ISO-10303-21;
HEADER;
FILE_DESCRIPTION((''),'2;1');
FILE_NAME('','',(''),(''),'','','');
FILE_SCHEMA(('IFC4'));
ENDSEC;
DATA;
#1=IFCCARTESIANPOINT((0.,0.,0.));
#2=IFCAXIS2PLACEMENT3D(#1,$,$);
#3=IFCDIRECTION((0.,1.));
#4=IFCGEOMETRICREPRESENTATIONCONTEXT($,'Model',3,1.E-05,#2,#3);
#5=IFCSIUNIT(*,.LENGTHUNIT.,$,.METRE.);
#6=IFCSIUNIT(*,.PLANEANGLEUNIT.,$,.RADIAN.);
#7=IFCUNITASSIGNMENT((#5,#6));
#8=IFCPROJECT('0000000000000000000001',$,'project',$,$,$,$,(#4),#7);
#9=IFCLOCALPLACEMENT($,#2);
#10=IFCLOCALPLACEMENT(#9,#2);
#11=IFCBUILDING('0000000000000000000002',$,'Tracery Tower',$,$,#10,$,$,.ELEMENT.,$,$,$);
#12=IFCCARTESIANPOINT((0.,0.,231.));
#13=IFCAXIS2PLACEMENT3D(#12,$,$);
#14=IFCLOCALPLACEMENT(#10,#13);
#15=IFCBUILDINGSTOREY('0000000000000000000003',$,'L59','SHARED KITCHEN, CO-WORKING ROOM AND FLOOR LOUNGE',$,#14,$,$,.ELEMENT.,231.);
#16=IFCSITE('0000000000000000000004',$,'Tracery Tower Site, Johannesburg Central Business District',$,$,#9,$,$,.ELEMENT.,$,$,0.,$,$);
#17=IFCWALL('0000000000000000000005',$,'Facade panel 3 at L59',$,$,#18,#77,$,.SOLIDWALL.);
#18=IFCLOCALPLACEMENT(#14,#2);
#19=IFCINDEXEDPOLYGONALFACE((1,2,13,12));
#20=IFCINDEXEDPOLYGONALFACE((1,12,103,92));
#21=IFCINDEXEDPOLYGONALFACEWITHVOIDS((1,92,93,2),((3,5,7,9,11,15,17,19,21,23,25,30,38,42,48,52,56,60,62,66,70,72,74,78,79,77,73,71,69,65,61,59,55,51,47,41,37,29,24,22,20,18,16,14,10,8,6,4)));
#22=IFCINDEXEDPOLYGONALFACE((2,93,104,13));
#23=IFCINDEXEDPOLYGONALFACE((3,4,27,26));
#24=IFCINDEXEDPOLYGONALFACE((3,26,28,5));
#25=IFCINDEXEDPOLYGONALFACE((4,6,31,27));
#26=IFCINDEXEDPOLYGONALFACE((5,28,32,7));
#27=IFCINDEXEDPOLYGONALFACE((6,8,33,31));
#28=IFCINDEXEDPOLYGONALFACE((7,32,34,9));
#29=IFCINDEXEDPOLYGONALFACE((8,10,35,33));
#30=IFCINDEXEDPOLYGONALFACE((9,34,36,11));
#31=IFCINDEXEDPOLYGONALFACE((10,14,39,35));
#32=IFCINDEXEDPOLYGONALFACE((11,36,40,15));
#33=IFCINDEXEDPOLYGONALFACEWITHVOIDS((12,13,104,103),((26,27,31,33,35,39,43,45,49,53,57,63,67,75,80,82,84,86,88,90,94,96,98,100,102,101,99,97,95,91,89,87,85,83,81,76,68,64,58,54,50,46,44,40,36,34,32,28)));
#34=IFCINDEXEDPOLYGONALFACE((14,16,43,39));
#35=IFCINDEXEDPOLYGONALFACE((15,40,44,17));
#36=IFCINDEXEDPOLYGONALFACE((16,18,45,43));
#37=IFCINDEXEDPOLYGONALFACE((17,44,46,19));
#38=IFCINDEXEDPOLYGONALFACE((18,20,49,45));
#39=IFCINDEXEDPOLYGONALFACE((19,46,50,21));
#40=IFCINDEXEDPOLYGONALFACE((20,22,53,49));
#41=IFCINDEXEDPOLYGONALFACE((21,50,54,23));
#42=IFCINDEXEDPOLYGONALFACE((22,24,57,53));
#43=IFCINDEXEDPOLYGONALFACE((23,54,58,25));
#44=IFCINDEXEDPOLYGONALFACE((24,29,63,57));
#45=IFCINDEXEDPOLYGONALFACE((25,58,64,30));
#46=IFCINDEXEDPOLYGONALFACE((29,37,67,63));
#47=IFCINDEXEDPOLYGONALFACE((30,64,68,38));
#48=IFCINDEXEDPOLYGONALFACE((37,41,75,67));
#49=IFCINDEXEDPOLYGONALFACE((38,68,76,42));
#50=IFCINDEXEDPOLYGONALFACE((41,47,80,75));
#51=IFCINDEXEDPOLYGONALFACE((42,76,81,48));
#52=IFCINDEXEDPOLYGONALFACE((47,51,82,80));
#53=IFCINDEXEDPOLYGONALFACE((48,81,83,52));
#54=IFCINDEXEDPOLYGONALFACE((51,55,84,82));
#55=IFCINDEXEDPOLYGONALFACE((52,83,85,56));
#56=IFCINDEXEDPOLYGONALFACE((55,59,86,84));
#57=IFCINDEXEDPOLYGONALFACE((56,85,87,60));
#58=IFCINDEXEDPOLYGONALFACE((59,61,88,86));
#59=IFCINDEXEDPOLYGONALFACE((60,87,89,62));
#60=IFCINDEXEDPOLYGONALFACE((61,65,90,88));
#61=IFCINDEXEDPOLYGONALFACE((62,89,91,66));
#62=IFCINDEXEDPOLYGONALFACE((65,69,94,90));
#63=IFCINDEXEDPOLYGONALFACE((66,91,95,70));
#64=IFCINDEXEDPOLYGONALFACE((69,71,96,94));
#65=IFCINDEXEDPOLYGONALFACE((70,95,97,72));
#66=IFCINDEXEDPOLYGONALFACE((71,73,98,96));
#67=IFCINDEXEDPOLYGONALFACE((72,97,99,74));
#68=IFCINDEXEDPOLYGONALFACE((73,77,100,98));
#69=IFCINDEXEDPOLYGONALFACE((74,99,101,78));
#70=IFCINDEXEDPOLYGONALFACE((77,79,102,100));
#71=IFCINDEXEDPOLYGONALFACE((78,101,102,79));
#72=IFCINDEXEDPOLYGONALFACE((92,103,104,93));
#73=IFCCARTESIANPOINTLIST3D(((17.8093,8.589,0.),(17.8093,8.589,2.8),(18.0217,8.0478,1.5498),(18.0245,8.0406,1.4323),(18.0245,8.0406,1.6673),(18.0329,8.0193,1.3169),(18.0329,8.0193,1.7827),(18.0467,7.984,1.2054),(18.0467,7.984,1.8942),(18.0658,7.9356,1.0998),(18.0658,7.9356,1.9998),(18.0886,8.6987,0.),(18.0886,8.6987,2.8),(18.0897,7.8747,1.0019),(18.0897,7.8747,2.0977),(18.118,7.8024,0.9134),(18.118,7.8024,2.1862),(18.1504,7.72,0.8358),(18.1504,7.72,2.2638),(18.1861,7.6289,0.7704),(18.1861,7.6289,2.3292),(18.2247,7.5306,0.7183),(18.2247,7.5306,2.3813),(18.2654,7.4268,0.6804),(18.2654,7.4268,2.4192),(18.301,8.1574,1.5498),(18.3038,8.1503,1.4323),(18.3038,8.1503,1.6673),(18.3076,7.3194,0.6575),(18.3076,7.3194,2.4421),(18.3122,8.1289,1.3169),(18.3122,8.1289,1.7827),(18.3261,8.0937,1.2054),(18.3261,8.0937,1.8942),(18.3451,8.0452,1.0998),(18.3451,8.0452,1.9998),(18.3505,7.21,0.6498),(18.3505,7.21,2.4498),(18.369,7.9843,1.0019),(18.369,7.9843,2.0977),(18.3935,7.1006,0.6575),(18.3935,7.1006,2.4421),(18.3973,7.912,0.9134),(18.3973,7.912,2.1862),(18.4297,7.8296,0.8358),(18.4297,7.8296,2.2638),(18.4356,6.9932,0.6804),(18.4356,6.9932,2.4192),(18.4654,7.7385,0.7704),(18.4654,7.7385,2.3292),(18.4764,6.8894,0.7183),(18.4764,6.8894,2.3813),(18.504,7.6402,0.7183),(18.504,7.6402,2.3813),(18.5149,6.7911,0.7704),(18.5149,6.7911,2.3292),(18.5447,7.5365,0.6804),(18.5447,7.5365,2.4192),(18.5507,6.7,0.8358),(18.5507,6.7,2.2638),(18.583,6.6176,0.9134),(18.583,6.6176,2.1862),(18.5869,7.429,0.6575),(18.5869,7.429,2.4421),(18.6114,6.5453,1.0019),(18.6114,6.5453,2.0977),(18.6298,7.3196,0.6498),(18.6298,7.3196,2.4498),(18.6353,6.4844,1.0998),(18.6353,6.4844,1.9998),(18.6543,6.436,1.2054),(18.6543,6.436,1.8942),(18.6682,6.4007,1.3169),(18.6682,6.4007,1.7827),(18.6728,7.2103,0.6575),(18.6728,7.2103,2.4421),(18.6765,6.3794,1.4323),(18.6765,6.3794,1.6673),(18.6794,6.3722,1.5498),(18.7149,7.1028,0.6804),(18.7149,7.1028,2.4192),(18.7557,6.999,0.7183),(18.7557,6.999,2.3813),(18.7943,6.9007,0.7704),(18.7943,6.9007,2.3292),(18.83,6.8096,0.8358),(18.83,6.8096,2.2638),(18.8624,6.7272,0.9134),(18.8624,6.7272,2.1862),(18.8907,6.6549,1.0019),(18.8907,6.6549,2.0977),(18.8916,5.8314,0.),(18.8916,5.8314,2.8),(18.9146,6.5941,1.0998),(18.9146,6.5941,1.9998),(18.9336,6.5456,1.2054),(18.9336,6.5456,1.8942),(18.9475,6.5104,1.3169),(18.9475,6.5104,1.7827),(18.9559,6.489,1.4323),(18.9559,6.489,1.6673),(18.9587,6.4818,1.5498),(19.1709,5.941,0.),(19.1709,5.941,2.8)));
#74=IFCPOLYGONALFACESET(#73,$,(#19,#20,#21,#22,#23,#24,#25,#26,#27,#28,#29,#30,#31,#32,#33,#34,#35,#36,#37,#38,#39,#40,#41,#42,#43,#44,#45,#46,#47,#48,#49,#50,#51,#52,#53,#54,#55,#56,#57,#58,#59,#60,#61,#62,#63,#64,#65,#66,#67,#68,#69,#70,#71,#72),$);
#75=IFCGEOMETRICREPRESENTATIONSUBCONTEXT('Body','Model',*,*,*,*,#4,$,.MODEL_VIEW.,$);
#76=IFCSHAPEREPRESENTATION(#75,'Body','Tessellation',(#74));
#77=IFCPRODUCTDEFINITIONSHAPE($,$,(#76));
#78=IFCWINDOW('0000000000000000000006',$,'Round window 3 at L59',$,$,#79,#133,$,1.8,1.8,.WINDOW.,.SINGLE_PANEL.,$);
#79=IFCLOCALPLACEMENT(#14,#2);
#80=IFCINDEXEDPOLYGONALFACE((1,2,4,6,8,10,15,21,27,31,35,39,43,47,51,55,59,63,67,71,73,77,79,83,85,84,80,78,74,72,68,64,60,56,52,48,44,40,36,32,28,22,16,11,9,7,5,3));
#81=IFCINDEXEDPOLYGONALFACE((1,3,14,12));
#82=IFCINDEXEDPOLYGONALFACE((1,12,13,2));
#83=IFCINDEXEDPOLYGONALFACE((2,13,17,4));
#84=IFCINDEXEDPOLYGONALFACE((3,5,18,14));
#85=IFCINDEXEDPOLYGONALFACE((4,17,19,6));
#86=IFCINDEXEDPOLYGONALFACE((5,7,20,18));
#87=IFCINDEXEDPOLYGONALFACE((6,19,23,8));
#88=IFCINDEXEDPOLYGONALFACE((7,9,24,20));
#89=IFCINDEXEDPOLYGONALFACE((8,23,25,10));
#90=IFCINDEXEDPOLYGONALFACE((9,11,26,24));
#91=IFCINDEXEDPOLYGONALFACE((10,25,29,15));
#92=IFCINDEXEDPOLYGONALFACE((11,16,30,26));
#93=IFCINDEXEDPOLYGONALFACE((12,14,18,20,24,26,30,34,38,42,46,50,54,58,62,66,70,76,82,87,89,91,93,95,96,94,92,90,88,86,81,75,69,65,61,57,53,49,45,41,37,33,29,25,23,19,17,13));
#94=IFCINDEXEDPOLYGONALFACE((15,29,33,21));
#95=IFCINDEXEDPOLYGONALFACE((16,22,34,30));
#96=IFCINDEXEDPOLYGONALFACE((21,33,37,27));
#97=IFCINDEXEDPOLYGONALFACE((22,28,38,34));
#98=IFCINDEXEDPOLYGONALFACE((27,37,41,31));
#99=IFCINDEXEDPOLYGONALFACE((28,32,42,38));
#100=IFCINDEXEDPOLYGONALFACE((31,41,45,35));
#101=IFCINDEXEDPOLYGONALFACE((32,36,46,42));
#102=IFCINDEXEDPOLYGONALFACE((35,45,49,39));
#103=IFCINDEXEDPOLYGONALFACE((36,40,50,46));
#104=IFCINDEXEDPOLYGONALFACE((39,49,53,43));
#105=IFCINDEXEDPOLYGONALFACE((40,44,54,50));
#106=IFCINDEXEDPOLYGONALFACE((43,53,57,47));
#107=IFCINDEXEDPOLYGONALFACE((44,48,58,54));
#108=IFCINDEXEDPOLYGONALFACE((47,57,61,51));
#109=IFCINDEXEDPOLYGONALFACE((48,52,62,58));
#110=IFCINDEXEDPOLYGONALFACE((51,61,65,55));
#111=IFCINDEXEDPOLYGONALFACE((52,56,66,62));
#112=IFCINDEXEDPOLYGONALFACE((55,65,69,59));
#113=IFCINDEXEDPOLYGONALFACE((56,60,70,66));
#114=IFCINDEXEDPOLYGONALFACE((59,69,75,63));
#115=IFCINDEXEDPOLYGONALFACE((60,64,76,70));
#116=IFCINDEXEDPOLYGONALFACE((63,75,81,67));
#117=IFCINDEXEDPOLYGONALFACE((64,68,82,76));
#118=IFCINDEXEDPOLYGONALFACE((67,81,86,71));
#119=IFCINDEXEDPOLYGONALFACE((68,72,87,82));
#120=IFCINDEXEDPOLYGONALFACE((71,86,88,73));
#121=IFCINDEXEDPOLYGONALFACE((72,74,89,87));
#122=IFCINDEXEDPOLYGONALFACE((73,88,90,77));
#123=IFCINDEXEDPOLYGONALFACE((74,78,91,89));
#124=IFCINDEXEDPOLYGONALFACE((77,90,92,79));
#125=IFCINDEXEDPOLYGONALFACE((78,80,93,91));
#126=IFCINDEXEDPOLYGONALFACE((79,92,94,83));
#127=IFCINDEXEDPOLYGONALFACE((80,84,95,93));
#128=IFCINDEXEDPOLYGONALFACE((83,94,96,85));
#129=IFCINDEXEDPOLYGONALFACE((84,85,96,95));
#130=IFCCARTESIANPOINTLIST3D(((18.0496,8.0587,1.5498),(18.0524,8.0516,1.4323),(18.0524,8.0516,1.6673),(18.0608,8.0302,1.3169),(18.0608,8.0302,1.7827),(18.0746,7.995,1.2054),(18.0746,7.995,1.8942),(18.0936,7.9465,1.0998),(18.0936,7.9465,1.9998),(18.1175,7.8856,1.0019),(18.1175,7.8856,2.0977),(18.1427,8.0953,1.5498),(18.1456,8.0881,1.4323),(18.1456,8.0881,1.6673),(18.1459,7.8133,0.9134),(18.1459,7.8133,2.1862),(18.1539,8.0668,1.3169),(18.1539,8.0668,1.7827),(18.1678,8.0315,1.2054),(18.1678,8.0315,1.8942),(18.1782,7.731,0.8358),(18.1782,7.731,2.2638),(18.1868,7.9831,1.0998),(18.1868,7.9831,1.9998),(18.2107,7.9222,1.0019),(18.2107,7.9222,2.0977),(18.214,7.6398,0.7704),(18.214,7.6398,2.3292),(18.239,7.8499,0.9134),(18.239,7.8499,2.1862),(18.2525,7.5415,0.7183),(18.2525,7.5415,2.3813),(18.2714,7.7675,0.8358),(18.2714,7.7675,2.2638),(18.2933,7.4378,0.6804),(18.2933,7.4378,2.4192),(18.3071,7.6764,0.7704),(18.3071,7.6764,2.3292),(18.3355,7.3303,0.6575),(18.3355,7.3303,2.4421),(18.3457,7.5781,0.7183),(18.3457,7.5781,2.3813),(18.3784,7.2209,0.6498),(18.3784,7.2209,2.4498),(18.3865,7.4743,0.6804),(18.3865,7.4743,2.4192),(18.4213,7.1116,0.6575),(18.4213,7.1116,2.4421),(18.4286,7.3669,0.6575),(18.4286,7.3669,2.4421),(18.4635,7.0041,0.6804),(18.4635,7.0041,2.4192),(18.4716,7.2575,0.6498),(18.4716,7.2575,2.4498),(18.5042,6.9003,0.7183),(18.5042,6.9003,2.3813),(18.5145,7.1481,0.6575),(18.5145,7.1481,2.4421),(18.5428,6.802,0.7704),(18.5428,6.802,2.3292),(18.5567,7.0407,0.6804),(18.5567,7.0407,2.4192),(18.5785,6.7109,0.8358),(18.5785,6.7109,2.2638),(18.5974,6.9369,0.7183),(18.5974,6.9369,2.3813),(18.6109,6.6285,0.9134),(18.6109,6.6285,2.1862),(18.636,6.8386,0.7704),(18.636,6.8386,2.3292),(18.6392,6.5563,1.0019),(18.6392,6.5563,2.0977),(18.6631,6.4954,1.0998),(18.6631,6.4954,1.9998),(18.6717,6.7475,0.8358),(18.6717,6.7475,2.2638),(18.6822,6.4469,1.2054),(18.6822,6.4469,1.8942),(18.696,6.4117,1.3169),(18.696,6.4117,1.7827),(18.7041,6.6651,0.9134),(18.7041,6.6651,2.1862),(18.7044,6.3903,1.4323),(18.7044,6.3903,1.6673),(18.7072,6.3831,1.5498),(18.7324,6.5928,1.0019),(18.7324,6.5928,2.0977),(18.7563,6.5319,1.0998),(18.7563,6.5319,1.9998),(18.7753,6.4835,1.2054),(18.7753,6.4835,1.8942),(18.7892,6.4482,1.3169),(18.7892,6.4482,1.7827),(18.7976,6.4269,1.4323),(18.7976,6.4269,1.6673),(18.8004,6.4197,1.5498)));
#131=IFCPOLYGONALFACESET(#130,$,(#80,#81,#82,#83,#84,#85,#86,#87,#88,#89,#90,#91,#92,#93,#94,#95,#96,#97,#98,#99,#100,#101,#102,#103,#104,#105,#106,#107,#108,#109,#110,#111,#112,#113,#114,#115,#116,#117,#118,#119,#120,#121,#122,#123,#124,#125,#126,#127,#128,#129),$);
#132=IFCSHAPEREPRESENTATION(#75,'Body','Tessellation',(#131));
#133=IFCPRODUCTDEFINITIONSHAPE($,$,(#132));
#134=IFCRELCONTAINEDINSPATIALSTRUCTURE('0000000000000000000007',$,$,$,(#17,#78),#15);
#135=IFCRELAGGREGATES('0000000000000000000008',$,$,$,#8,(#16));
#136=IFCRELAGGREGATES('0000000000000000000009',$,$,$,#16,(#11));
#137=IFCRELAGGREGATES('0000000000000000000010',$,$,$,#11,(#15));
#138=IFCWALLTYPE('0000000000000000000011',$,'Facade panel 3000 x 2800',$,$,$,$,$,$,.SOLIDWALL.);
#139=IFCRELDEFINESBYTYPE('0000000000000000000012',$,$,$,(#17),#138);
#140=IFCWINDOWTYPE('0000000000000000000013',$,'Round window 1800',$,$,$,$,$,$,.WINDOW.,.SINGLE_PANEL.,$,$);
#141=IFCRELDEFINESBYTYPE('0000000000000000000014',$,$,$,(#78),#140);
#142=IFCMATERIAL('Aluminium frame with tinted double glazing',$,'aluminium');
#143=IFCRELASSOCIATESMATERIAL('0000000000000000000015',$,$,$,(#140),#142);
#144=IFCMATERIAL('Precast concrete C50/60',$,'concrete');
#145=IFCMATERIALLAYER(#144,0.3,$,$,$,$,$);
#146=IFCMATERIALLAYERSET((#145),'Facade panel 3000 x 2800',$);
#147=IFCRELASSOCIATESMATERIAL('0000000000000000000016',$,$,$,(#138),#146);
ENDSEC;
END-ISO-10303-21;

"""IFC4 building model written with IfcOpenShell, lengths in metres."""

from ifc_helpers import new_model, si_unit, direction, frame, frame_2d, origin, origin_2d, place, context, subcontext, project, spatial, rectangle, circle, extrude, material, layer, layer_set, type_object, element, fill, save


model = new_model("IFC4")

# Units and contexts
model_context = context("Model", 3, precision=1e-05, world=origin(), true_north=direction((0.0, 1.0)))
body_context = subcontext(model_context, "Body", "Model", "MODEL_VIEW")
ifc_project = project(units=[si_unit("LENGTHUNIT", "METRE"), si_unit("PLANEANGLEUNIT", "RADIAN")], contexts=[model_context])

# Site, building, storey
site_placement = place(None, origin())
site = spatial("IfcSite", under=ifc_project, at=site_placement, Name="Tracery Tower Site, Johannesburg Central Business District", CompositionType="ELEMENT", RefElevation=0.0)
building_placement = place(site_placement, origin())
building = spatial("IfcBuilding", under=site, at=building_placement, Name="Tracery Tower", CompositionType="ELEMENT")
storey_placement = place(building_placement, frame((0.0, 0.0, 231.0)))
storey = spatial("IfcBuildingStorey", under=building, at=storey_placement, Name="L59", Description="SHARED KITCHEN, CO-WORKING ROOM AND FLOOR LOUNGE", CompositionType="ELEMENT", Elevation=231.0)

# Wall, opening, window
ifc_material_1 = material(Name="Aluminium frame with tinted double glazing", Category="aluminium")
window_type = type_object("IfcWindowType", Name="Round window 1800", PartitioningType="SINGLE_PANEL", PredefinedType="WINDOW", material=ifc_material_1)
ifc_material_2 = material(Name="Precast concrete C50/60", Category="concrete")
ifc_layer_1 = layer(ifc_material_2, 0.3)
ifc_layer_set_1 = layer_set([ifc_layer_1], Name="Facade panel 3000 x 2800")
wall_type_1 = type_object("IfcWallType", Name="Facade panel 3000 x 2800", PredefinedType="SOLIDWALL", material=ifc_layer_set_1)
wall_1_placement = place(storey_placement, frame((19.0312, 5.8862, 0.0), z_axis=(0.0, 0.0, 1.0), x_axis=(-0.365344, 0.930873, 0.0)))
wall_1 = element("IfcWall", 1, at=wall_1_placement, inside=storey, type_object=wall_type_1, Name="Facade panel 3 at L59", PredefinedType="SOLIDWALL", context=body_context, shape_type="SweptSolid", body=[
    extrude(rectangle(XDim=2.9624, YDim=0.3, at=frame_2d((1.4812, 0.0))), origin(), (0.0, 0.0, 1.0), 2.8),
])
opening_1_placement = place(wall_1_placement, frame((1.481, 0.0, 1.5498)))
opening_1 = element("IfcOpeningElement", 2, at=opening_1_placement, cuts=wall_1, PredefinedType="OPENING", context=body_context, shape_type="SweptSolid", body=[
    extrude(circle(Radius=0.9, at=origin_2d()), frame((0.0, 0.1599, 0.0), z_axis=(0.0, -1.0, 0.0), x_axis=(1.0, 0.0, 0.0)), (0.0, 0.0, 1.0), 0.3201),
])
window_1_placement = place(opening_1_placement, origin())
window_1 = element("IfcWindow", 3, at=window_1_placement, inside=storey, type_object=window_type, Name="Round window 3 at L59", OverallHeight=1.8, OverallWidth=1.8, PartitioningType="SINGLE_PANEL", PredefinedType="WINDOW", context=body_context, shape_type="SweptSolid", body=[
    extrude(circle(Radius=0.9, at=origin_2d()), frame((0.0, 0.1201, 0.0), z_axis=(0.0, -1.0, 0.0), x_axis=(1.0, 0.0, 0.0)), (0.0, 0.0, 1.0), 0.1001),
])
fill(opening_1, window_1)

save(model, "model.ifc")
